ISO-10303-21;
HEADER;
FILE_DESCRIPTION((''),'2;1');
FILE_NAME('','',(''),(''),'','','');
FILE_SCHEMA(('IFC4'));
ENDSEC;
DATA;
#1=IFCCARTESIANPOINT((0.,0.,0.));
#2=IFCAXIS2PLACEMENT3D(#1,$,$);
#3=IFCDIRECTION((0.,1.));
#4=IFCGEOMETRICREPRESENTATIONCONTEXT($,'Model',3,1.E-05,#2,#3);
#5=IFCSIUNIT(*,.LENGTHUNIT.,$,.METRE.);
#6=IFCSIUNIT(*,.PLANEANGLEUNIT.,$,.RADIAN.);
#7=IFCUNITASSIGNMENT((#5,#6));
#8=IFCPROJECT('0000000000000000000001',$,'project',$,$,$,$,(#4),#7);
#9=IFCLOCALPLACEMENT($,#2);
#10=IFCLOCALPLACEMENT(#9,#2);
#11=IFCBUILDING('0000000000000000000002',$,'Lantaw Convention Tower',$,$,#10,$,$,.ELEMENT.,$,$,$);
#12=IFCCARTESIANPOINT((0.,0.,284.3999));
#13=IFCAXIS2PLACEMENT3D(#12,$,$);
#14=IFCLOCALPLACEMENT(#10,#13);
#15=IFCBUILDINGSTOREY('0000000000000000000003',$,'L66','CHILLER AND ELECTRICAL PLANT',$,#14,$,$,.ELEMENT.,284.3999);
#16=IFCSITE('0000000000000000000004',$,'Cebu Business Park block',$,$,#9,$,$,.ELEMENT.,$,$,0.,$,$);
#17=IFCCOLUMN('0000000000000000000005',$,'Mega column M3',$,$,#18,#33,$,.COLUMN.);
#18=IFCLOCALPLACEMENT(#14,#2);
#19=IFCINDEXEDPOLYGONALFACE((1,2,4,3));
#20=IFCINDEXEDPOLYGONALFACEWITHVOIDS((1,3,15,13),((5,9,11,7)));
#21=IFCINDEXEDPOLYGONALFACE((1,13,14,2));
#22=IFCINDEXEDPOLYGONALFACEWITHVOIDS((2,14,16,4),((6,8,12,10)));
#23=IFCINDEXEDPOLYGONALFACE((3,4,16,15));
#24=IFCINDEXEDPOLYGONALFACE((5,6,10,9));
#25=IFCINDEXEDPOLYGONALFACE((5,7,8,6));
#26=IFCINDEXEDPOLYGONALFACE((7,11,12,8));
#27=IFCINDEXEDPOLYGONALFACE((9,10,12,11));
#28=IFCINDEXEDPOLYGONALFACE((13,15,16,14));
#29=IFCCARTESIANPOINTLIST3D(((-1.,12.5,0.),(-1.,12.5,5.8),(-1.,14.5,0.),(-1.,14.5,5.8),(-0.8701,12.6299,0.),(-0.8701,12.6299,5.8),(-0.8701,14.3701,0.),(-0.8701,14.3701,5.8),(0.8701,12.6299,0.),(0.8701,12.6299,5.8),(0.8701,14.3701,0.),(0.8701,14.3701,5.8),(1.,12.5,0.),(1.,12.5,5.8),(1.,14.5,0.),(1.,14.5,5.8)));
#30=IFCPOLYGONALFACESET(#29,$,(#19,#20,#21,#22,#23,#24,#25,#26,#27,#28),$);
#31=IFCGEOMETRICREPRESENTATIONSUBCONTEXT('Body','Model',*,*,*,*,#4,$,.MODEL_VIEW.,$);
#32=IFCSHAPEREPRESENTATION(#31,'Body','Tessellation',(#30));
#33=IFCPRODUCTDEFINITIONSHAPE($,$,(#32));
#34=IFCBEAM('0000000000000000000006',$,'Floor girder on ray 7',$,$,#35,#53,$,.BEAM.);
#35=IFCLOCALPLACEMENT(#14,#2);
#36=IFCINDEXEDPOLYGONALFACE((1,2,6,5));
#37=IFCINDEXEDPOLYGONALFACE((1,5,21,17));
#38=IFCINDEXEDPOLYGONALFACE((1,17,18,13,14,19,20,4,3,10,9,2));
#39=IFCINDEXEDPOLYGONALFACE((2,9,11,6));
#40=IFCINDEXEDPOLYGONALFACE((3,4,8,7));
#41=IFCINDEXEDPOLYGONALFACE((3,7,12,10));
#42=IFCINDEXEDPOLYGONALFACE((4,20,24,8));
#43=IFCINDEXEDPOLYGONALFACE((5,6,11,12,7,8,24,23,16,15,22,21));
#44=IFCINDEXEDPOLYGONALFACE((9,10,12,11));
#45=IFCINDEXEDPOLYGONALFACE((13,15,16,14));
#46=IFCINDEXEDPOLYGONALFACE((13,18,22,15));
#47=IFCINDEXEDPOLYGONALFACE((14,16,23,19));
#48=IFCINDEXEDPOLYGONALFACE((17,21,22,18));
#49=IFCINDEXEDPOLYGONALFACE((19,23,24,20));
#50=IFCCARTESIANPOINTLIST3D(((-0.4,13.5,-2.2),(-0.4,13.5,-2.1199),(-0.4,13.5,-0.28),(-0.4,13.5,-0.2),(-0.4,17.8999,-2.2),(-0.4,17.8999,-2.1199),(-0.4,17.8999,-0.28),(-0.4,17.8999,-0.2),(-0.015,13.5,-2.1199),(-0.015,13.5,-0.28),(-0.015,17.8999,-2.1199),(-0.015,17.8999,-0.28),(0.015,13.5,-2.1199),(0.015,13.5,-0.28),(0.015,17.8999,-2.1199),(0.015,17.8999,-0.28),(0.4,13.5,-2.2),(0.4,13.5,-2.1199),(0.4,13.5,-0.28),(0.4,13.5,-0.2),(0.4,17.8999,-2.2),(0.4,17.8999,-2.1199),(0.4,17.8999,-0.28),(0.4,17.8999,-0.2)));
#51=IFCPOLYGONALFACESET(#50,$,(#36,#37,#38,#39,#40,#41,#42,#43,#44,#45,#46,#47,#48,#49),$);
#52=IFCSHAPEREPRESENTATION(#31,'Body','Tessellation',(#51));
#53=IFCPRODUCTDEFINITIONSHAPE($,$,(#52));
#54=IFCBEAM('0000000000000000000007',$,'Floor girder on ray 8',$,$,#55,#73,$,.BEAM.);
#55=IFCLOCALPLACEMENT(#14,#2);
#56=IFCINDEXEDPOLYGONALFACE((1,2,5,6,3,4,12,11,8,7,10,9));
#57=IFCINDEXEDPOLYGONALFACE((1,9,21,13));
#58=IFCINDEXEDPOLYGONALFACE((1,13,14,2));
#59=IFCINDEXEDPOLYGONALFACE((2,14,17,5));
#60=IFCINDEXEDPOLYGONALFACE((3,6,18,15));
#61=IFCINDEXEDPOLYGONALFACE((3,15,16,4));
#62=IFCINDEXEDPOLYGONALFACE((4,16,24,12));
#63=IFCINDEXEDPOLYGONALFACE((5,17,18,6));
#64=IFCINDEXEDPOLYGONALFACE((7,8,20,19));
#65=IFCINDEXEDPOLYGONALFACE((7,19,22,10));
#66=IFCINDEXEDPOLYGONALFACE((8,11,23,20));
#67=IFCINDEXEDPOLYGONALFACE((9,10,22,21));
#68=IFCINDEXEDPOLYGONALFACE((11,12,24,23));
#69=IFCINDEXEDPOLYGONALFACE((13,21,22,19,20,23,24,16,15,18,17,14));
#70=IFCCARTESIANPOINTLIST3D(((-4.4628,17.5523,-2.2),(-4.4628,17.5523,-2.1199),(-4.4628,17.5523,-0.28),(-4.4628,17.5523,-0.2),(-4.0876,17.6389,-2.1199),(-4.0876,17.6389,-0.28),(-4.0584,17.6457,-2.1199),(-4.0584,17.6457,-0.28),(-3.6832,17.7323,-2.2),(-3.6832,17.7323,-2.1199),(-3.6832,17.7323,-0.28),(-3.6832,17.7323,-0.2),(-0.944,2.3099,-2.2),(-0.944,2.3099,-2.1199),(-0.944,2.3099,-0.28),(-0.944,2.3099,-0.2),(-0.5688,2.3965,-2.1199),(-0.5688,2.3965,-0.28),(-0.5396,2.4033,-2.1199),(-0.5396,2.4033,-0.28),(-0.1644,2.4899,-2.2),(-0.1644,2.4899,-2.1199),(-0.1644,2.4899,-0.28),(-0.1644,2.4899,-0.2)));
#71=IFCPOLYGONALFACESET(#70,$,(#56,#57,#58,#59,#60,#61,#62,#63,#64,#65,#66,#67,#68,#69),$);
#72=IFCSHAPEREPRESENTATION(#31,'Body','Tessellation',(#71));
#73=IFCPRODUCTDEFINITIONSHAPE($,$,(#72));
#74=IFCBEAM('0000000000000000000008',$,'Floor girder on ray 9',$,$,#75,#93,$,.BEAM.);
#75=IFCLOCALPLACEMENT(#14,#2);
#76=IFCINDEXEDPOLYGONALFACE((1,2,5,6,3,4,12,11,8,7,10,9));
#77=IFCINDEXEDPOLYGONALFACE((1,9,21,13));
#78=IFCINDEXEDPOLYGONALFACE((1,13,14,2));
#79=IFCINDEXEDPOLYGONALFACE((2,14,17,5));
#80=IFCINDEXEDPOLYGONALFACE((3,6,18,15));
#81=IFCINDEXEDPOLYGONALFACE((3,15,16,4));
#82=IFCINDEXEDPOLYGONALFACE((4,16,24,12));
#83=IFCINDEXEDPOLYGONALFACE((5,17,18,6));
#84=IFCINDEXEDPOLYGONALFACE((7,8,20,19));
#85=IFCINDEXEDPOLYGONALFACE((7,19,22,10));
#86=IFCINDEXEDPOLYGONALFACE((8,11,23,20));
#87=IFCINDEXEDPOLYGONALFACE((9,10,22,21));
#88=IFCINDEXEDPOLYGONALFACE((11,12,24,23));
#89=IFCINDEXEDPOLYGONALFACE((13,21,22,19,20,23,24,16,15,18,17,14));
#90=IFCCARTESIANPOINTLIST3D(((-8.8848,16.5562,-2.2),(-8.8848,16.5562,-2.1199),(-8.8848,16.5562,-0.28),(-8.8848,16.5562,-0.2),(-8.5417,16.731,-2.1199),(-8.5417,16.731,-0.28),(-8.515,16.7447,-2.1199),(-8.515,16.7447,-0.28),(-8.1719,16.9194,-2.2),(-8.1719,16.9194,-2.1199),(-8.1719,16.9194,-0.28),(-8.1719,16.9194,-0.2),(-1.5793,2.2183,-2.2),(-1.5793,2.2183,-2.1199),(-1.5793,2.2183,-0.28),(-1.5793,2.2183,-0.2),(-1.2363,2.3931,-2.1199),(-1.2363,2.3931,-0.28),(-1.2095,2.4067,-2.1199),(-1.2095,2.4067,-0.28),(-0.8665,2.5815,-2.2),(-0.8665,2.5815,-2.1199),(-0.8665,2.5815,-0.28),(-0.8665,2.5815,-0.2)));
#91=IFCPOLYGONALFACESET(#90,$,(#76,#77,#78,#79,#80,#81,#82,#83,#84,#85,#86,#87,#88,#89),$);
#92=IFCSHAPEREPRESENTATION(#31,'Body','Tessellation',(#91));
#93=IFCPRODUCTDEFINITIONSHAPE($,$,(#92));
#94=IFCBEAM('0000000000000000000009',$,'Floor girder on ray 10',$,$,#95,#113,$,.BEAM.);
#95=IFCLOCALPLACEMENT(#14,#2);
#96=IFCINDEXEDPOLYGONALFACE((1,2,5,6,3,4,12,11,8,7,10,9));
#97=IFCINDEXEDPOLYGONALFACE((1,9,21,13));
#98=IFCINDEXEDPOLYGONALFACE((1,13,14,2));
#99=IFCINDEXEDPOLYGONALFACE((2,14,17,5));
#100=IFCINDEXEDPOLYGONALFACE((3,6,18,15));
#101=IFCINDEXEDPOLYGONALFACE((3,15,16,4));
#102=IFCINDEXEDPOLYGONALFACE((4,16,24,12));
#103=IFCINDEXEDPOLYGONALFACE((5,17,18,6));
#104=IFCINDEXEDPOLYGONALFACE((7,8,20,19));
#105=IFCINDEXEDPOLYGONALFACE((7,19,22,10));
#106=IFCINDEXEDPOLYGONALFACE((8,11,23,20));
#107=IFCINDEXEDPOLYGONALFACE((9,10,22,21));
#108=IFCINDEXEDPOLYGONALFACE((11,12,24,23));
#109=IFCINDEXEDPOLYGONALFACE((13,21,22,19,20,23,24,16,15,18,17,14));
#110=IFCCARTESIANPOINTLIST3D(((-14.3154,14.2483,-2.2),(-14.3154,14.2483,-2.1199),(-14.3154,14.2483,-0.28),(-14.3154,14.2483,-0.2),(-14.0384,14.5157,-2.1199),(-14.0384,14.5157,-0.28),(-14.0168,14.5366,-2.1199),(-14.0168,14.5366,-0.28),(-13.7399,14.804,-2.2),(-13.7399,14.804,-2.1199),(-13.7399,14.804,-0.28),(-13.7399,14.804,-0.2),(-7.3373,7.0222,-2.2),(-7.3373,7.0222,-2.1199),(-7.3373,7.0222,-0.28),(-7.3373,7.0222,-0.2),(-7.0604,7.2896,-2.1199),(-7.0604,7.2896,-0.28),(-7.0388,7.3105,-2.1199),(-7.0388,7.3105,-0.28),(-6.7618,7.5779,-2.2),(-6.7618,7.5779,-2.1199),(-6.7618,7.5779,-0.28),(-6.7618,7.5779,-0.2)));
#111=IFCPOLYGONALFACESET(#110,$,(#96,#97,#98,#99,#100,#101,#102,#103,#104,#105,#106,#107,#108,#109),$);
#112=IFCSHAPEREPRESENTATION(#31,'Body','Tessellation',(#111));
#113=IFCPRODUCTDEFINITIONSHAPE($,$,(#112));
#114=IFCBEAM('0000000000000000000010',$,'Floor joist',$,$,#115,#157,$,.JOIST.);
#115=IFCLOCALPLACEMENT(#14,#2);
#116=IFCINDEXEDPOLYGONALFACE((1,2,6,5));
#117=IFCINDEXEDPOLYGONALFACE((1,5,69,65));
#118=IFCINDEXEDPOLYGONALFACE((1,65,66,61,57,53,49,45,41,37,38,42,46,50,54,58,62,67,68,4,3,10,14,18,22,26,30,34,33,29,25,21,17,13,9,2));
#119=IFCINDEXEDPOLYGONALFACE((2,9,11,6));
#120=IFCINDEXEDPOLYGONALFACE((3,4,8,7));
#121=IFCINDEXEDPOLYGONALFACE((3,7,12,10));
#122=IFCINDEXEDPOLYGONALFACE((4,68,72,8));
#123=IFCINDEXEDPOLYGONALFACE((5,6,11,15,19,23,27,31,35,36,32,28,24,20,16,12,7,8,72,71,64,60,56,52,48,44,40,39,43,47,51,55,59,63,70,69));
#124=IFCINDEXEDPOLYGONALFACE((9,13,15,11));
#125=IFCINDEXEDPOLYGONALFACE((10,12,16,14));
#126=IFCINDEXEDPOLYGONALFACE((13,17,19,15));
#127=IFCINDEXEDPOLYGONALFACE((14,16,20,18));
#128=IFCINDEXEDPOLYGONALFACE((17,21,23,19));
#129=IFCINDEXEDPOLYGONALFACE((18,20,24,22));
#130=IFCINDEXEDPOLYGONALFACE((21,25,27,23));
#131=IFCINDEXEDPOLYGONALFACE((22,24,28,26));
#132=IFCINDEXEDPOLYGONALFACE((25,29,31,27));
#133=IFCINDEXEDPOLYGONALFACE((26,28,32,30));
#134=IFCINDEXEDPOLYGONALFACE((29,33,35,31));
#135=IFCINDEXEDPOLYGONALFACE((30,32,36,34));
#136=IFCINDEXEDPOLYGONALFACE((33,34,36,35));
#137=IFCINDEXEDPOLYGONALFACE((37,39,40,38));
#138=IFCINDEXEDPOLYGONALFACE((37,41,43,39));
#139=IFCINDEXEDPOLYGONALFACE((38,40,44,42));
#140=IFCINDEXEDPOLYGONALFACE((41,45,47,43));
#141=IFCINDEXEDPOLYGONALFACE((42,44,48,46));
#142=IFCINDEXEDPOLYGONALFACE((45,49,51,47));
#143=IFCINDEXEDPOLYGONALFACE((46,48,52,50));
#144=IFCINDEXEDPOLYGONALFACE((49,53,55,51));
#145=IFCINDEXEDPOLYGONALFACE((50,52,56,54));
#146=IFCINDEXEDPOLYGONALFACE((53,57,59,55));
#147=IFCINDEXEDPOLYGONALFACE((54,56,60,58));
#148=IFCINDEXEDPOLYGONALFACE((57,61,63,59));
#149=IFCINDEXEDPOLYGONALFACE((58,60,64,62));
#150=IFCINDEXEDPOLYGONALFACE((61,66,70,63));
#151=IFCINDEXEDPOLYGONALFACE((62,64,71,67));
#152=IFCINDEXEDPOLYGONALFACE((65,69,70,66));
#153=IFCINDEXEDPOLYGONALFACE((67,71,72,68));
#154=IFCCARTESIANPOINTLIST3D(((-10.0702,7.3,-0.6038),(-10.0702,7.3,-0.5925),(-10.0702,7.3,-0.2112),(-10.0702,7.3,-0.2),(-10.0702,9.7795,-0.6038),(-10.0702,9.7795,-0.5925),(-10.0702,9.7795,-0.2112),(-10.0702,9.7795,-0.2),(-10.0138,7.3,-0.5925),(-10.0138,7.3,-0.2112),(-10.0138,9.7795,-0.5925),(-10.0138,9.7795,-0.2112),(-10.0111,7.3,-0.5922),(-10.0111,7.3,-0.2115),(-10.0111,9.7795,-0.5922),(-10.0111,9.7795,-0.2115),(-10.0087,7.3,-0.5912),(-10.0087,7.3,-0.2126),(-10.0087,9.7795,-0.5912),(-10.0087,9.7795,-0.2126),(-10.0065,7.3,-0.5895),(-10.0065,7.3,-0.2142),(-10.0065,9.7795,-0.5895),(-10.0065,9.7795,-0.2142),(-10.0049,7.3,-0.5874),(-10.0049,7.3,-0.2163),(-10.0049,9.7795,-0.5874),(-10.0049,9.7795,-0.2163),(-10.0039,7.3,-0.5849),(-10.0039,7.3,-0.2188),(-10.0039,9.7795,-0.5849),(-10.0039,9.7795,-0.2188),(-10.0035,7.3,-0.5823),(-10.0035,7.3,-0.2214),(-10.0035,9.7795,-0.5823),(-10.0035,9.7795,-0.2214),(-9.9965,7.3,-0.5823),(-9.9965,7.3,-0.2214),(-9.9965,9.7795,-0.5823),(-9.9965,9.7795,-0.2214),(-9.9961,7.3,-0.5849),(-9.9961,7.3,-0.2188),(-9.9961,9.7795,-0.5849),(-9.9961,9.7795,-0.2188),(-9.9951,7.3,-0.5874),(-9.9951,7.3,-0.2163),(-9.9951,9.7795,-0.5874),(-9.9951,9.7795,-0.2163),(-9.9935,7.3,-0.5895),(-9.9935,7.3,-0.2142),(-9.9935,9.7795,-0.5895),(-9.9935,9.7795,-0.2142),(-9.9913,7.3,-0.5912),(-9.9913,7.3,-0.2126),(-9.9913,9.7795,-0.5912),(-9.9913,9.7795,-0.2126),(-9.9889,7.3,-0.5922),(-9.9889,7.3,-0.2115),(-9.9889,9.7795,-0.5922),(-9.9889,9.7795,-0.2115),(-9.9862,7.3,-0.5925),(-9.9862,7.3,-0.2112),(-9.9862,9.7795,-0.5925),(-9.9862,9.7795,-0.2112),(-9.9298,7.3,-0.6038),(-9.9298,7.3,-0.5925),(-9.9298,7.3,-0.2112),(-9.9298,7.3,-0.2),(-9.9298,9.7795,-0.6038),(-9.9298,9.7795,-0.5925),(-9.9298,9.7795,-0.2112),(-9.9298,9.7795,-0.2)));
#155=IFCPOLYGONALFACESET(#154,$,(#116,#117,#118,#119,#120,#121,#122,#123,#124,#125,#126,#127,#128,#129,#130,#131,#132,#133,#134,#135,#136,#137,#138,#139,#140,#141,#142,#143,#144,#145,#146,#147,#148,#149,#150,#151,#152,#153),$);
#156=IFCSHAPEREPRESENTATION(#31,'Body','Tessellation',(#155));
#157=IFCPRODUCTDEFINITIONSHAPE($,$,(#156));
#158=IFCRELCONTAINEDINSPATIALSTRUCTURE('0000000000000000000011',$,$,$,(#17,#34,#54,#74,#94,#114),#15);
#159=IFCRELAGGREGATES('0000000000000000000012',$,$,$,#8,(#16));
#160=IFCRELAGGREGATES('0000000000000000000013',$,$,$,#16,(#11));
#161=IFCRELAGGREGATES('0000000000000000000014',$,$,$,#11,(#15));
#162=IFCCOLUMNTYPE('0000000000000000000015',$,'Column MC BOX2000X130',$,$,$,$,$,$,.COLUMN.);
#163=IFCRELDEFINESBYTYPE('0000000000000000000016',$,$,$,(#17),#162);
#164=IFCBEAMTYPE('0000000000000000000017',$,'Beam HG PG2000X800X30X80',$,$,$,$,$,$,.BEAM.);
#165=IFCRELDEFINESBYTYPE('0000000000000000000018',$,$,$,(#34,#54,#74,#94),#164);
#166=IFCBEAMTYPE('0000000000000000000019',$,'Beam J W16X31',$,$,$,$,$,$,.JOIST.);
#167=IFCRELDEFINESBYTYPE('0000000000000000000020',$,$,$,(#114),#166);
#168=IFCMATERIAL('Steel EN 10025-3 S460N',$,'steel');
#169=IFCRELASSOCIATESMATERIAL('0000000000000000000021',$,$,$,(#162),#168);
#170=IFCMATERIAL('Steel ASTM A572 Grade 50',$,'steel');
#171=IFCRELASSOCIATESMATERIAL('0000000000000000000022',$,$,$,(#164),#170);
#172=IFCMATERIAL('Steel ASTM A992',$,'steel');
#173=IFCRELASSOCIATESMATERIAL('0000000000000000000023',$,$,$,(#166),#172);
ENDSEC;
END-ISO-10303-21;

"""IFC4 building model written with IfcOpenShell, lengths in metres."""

from ifc_helpers import new_model, si_unit, direction, frame, origin, origin_2d, place, context, subcontext, project, spatial, rectangle, hollow_rectangle, i_section, extrude, material, material_profile, profile_set, type_object, element, save


model = new_model("IFC4")

# Units and contexts
model_context = context("Model", 3, precision=1e-05, world=origin(), true_north=direction((0.0, 1.0)))
body_context = subcontext(model_context, "Body", "Model", "MODEL_VIEW")
ifc_project = project(units=[si_unit("LENGTHUNIT", "METRE"), si_unit("PLANEANGLEUNIT", "RADIAN")], contexts=[model_context])

# Site, building, storey
site_placement = place(None, origin())
site = spatial("IfcSite", under=ifc_project, at=site_placement, Name="Cebu Business Park block", CompositionType="ELEMENT", RefElevation=0.0)
building_placement = place(site_placement, origin())
building = spatial("IfcBuilding", under=site, at=building_placement, Name="Lantaw Convention Tower", CompositionType="ELEMENT")
storey_placement = place(building_placement, frame((0.0, 0.0, 284.3999)))
storey = spatial("IfcBuildingStorey", under=building, at=storey_placement, Name="L66", Description="CHILLER AND ELECTRICAL PLANT", CompositionType="ELEMENT", Elevation=284.3999)

# Column
ifc_material_1 = material(Name="Steel EN 10025-3 S460N", Category="steel")
ifc_material_profile_1 = material_profile(ifc_material_1, hollow_rectangle(XDim=2.0, YDim=2.0, WallThickness=0.1299, at=origin_2d()), Name="BOX2000X130")
ifc_material_2 = material(Name="Concrete C60/75", Category="concrete")
ifc_material_profile_2 = material_profile(ifc_material_2, rectangle(XDim=1.74, YDim=1.74, at=origin_2d()), Name="Concrete fill of BOX2000X130")
ifc_profile_set_1 = profile_set([ifc_material_profile_1, ifc_material_profile_2], Name="Steel EN 10025-3 S460N")
column_type = type_object("IfcColumnType", Name="Column MC BOX2000X130", PredefinedType="COLUMN", material=ifc_profile_set_1)
column_placement = place(storey_placement, frame((0.0, 13.5, 0.0), z_axis=(0.0, 0.0, 1.0), x_axis=(1.0, 0.0, 0.0)))
element("IfcColumn", 1, at=column_placement, inside=storey, type_object=column_type, Name="Mega column M3", PredefinedType="COLUMN", context=body_context, shape_type="SweptSolid", body=[
    extrude(hollow_rectangle(XDim=2.0, YDim=2.0, WallThickness=0.1299, at=origin_2d()), origin(), (0.0, 0.0, 1.0), 5.8),
])

# Beams
ifc_material_3 = material(Name="Steel ASTM A572 Grade 50", Category="steel")
ifc_material_profile_3 = material_profile(ifc_material_3, i_section(OverallWidth=0.8, OverallDepth=2.0, WebThickness=0.03, FlangeThickness=0.0801, at=origin_2d()), Name="PG2000X800X30X80")
ifc_profile_set_2 = profile_set([ifc_material_profile_3], Name="Steel ASTM A572 Grade 50")
beam_type_1 = type_object("IfcBeamType", Name="Beam HG PG2000X800X30X80", PredefinedType="BEAM", material=ifc_profile_set_2)
beam_1_placement = place(storey_placement, frame((0.0, 13.5, -1.2), z_axis=(0.0, 1.0, 0.0), x_axis=(-1.0, 0.0, 0.0)))
element("IfcBeam", 2, at=beam_1_placement, inside=storey, type_object=beam_type_1, Name="Floor girder on ray 7", PredefinedType="BEAM", context=body_context, shape_type="SweptSolid", body=[
    extrude(i_section(OverallWidth=0.8, OverallDepth=2.0, WebThickness=0.03, FlangeThickness=0.0801, at=origin_2d()), origin(), (0.0, 0.0, 1.0), 4.3999),
])
beam_2_placement = place(storey_placement, frame((-0.5542, 2.3999, -1.2), z_axis=(-0.224939, 0.974373, 0.0), x_axis=(-0.974373, -0.224939, 0.0)))
element("IfcBeam", 3, at=beam_2_placement, inside=storey, type_object=beam_type_1, Name="Floor girder on ray 8", PredefinedType="BEAM", context=body_context, shape_type="SweptSolid", body=[
    extrude(i_section(OverallWidth=0.8, OverallDepth=2.0, WebThickness=0.03, FlangeThickness=0.0801, at=origin_2d()), origin(), (0.0, 0.0, 1.0), 15.6433),
])
beam_3_placement = place(storey_placement, frame((-1.2229, 2.3999, -1.2), z_axis=(-0.453986, 0.891009, 0.0), x_axis=(-0.891009, -0.453986, 0.0)))
element("IfcBeam", 4, at=beam_3_placement, inside=storey, type_object=beam_type_1, Name="Floor girder on ray 9", PredefinedType="BEAM", context=body_context, shape_type="SweptSolid", body=[
    extrude(i_section(OverallWidth=0.8, OverallDepth=2.0, WebThickness=0.03, FlangeThickness=0.0801, at=origin_2d()), origin(), (0.0, 0.0, 1.0), 16.0918),
])
beam_4_placement = place(storey_placement, frame((-7.0496, 7.3, -1.2), z_axis=(-0.694653, 0.719345, 0.0), x_axis=(-0.719345, -0.694653, 0.0)))
element("IfcBeam", 5, at=beam_4_placement, inside=storey, type_object=beam_type_1, Name="Floor girder on ray 10", PredefinedType="BEAM", context=body_context, shape_type="SweptSolid", body=[
    extrude(i_section(OverallWidth=0.8, OverallDepth=2.0, WebThickness=0.03, FlangeThickness=0.0801, at=origin_2d()), origin(), (0.0, 0.0, 1.0), 10.0454),
])
ifc_material_4 = material(Name="Steel ASTM A992", Category="steel")
ifc_material_profile_4 = material_profile(ifc_material_4, i_section(OverallWidth=0.1404, OverallDepth=0.4038, WebThickness=0.0071, FlangeThickness=0.0112, FilletRadius=0.0103, at=origin_2d()), Name="W16X31")
ifc_profile_set_3 = profile_set([ifc_material_profile_4], Name="Steel ASTM A992")
beam_type_2 = type_object("IfcBeamType", Name="Beam J W16X31", PredefinedType="JOIST", material=ifc_profile_set_3)
beam_5_placement = place(storey_placement, frame((-10.0, 7.3, -0.4019), z_axis=(0.0, 1.0, 0.0), x_axis=(-1.0, 0.0, 0.0)))
element("IfcBeam", 6, at=beam_5_placement, inside=storey, type_object=beam_type_2, Name="Floor joist", PredefinedType="JOIST", context=body_context, shape_type="SweptSolid", body=[
    extrude(i_section(OverallWidth=0.1404, OverallDepth=0.4038, WebThickness=0.0071, FlangeThickness=0.0112, FilletRadius=0.0103, at=origin_2d()), origin(), (0.0, 0.0, 1.0), 2.4795),
])

save(model, "model.ifc")
